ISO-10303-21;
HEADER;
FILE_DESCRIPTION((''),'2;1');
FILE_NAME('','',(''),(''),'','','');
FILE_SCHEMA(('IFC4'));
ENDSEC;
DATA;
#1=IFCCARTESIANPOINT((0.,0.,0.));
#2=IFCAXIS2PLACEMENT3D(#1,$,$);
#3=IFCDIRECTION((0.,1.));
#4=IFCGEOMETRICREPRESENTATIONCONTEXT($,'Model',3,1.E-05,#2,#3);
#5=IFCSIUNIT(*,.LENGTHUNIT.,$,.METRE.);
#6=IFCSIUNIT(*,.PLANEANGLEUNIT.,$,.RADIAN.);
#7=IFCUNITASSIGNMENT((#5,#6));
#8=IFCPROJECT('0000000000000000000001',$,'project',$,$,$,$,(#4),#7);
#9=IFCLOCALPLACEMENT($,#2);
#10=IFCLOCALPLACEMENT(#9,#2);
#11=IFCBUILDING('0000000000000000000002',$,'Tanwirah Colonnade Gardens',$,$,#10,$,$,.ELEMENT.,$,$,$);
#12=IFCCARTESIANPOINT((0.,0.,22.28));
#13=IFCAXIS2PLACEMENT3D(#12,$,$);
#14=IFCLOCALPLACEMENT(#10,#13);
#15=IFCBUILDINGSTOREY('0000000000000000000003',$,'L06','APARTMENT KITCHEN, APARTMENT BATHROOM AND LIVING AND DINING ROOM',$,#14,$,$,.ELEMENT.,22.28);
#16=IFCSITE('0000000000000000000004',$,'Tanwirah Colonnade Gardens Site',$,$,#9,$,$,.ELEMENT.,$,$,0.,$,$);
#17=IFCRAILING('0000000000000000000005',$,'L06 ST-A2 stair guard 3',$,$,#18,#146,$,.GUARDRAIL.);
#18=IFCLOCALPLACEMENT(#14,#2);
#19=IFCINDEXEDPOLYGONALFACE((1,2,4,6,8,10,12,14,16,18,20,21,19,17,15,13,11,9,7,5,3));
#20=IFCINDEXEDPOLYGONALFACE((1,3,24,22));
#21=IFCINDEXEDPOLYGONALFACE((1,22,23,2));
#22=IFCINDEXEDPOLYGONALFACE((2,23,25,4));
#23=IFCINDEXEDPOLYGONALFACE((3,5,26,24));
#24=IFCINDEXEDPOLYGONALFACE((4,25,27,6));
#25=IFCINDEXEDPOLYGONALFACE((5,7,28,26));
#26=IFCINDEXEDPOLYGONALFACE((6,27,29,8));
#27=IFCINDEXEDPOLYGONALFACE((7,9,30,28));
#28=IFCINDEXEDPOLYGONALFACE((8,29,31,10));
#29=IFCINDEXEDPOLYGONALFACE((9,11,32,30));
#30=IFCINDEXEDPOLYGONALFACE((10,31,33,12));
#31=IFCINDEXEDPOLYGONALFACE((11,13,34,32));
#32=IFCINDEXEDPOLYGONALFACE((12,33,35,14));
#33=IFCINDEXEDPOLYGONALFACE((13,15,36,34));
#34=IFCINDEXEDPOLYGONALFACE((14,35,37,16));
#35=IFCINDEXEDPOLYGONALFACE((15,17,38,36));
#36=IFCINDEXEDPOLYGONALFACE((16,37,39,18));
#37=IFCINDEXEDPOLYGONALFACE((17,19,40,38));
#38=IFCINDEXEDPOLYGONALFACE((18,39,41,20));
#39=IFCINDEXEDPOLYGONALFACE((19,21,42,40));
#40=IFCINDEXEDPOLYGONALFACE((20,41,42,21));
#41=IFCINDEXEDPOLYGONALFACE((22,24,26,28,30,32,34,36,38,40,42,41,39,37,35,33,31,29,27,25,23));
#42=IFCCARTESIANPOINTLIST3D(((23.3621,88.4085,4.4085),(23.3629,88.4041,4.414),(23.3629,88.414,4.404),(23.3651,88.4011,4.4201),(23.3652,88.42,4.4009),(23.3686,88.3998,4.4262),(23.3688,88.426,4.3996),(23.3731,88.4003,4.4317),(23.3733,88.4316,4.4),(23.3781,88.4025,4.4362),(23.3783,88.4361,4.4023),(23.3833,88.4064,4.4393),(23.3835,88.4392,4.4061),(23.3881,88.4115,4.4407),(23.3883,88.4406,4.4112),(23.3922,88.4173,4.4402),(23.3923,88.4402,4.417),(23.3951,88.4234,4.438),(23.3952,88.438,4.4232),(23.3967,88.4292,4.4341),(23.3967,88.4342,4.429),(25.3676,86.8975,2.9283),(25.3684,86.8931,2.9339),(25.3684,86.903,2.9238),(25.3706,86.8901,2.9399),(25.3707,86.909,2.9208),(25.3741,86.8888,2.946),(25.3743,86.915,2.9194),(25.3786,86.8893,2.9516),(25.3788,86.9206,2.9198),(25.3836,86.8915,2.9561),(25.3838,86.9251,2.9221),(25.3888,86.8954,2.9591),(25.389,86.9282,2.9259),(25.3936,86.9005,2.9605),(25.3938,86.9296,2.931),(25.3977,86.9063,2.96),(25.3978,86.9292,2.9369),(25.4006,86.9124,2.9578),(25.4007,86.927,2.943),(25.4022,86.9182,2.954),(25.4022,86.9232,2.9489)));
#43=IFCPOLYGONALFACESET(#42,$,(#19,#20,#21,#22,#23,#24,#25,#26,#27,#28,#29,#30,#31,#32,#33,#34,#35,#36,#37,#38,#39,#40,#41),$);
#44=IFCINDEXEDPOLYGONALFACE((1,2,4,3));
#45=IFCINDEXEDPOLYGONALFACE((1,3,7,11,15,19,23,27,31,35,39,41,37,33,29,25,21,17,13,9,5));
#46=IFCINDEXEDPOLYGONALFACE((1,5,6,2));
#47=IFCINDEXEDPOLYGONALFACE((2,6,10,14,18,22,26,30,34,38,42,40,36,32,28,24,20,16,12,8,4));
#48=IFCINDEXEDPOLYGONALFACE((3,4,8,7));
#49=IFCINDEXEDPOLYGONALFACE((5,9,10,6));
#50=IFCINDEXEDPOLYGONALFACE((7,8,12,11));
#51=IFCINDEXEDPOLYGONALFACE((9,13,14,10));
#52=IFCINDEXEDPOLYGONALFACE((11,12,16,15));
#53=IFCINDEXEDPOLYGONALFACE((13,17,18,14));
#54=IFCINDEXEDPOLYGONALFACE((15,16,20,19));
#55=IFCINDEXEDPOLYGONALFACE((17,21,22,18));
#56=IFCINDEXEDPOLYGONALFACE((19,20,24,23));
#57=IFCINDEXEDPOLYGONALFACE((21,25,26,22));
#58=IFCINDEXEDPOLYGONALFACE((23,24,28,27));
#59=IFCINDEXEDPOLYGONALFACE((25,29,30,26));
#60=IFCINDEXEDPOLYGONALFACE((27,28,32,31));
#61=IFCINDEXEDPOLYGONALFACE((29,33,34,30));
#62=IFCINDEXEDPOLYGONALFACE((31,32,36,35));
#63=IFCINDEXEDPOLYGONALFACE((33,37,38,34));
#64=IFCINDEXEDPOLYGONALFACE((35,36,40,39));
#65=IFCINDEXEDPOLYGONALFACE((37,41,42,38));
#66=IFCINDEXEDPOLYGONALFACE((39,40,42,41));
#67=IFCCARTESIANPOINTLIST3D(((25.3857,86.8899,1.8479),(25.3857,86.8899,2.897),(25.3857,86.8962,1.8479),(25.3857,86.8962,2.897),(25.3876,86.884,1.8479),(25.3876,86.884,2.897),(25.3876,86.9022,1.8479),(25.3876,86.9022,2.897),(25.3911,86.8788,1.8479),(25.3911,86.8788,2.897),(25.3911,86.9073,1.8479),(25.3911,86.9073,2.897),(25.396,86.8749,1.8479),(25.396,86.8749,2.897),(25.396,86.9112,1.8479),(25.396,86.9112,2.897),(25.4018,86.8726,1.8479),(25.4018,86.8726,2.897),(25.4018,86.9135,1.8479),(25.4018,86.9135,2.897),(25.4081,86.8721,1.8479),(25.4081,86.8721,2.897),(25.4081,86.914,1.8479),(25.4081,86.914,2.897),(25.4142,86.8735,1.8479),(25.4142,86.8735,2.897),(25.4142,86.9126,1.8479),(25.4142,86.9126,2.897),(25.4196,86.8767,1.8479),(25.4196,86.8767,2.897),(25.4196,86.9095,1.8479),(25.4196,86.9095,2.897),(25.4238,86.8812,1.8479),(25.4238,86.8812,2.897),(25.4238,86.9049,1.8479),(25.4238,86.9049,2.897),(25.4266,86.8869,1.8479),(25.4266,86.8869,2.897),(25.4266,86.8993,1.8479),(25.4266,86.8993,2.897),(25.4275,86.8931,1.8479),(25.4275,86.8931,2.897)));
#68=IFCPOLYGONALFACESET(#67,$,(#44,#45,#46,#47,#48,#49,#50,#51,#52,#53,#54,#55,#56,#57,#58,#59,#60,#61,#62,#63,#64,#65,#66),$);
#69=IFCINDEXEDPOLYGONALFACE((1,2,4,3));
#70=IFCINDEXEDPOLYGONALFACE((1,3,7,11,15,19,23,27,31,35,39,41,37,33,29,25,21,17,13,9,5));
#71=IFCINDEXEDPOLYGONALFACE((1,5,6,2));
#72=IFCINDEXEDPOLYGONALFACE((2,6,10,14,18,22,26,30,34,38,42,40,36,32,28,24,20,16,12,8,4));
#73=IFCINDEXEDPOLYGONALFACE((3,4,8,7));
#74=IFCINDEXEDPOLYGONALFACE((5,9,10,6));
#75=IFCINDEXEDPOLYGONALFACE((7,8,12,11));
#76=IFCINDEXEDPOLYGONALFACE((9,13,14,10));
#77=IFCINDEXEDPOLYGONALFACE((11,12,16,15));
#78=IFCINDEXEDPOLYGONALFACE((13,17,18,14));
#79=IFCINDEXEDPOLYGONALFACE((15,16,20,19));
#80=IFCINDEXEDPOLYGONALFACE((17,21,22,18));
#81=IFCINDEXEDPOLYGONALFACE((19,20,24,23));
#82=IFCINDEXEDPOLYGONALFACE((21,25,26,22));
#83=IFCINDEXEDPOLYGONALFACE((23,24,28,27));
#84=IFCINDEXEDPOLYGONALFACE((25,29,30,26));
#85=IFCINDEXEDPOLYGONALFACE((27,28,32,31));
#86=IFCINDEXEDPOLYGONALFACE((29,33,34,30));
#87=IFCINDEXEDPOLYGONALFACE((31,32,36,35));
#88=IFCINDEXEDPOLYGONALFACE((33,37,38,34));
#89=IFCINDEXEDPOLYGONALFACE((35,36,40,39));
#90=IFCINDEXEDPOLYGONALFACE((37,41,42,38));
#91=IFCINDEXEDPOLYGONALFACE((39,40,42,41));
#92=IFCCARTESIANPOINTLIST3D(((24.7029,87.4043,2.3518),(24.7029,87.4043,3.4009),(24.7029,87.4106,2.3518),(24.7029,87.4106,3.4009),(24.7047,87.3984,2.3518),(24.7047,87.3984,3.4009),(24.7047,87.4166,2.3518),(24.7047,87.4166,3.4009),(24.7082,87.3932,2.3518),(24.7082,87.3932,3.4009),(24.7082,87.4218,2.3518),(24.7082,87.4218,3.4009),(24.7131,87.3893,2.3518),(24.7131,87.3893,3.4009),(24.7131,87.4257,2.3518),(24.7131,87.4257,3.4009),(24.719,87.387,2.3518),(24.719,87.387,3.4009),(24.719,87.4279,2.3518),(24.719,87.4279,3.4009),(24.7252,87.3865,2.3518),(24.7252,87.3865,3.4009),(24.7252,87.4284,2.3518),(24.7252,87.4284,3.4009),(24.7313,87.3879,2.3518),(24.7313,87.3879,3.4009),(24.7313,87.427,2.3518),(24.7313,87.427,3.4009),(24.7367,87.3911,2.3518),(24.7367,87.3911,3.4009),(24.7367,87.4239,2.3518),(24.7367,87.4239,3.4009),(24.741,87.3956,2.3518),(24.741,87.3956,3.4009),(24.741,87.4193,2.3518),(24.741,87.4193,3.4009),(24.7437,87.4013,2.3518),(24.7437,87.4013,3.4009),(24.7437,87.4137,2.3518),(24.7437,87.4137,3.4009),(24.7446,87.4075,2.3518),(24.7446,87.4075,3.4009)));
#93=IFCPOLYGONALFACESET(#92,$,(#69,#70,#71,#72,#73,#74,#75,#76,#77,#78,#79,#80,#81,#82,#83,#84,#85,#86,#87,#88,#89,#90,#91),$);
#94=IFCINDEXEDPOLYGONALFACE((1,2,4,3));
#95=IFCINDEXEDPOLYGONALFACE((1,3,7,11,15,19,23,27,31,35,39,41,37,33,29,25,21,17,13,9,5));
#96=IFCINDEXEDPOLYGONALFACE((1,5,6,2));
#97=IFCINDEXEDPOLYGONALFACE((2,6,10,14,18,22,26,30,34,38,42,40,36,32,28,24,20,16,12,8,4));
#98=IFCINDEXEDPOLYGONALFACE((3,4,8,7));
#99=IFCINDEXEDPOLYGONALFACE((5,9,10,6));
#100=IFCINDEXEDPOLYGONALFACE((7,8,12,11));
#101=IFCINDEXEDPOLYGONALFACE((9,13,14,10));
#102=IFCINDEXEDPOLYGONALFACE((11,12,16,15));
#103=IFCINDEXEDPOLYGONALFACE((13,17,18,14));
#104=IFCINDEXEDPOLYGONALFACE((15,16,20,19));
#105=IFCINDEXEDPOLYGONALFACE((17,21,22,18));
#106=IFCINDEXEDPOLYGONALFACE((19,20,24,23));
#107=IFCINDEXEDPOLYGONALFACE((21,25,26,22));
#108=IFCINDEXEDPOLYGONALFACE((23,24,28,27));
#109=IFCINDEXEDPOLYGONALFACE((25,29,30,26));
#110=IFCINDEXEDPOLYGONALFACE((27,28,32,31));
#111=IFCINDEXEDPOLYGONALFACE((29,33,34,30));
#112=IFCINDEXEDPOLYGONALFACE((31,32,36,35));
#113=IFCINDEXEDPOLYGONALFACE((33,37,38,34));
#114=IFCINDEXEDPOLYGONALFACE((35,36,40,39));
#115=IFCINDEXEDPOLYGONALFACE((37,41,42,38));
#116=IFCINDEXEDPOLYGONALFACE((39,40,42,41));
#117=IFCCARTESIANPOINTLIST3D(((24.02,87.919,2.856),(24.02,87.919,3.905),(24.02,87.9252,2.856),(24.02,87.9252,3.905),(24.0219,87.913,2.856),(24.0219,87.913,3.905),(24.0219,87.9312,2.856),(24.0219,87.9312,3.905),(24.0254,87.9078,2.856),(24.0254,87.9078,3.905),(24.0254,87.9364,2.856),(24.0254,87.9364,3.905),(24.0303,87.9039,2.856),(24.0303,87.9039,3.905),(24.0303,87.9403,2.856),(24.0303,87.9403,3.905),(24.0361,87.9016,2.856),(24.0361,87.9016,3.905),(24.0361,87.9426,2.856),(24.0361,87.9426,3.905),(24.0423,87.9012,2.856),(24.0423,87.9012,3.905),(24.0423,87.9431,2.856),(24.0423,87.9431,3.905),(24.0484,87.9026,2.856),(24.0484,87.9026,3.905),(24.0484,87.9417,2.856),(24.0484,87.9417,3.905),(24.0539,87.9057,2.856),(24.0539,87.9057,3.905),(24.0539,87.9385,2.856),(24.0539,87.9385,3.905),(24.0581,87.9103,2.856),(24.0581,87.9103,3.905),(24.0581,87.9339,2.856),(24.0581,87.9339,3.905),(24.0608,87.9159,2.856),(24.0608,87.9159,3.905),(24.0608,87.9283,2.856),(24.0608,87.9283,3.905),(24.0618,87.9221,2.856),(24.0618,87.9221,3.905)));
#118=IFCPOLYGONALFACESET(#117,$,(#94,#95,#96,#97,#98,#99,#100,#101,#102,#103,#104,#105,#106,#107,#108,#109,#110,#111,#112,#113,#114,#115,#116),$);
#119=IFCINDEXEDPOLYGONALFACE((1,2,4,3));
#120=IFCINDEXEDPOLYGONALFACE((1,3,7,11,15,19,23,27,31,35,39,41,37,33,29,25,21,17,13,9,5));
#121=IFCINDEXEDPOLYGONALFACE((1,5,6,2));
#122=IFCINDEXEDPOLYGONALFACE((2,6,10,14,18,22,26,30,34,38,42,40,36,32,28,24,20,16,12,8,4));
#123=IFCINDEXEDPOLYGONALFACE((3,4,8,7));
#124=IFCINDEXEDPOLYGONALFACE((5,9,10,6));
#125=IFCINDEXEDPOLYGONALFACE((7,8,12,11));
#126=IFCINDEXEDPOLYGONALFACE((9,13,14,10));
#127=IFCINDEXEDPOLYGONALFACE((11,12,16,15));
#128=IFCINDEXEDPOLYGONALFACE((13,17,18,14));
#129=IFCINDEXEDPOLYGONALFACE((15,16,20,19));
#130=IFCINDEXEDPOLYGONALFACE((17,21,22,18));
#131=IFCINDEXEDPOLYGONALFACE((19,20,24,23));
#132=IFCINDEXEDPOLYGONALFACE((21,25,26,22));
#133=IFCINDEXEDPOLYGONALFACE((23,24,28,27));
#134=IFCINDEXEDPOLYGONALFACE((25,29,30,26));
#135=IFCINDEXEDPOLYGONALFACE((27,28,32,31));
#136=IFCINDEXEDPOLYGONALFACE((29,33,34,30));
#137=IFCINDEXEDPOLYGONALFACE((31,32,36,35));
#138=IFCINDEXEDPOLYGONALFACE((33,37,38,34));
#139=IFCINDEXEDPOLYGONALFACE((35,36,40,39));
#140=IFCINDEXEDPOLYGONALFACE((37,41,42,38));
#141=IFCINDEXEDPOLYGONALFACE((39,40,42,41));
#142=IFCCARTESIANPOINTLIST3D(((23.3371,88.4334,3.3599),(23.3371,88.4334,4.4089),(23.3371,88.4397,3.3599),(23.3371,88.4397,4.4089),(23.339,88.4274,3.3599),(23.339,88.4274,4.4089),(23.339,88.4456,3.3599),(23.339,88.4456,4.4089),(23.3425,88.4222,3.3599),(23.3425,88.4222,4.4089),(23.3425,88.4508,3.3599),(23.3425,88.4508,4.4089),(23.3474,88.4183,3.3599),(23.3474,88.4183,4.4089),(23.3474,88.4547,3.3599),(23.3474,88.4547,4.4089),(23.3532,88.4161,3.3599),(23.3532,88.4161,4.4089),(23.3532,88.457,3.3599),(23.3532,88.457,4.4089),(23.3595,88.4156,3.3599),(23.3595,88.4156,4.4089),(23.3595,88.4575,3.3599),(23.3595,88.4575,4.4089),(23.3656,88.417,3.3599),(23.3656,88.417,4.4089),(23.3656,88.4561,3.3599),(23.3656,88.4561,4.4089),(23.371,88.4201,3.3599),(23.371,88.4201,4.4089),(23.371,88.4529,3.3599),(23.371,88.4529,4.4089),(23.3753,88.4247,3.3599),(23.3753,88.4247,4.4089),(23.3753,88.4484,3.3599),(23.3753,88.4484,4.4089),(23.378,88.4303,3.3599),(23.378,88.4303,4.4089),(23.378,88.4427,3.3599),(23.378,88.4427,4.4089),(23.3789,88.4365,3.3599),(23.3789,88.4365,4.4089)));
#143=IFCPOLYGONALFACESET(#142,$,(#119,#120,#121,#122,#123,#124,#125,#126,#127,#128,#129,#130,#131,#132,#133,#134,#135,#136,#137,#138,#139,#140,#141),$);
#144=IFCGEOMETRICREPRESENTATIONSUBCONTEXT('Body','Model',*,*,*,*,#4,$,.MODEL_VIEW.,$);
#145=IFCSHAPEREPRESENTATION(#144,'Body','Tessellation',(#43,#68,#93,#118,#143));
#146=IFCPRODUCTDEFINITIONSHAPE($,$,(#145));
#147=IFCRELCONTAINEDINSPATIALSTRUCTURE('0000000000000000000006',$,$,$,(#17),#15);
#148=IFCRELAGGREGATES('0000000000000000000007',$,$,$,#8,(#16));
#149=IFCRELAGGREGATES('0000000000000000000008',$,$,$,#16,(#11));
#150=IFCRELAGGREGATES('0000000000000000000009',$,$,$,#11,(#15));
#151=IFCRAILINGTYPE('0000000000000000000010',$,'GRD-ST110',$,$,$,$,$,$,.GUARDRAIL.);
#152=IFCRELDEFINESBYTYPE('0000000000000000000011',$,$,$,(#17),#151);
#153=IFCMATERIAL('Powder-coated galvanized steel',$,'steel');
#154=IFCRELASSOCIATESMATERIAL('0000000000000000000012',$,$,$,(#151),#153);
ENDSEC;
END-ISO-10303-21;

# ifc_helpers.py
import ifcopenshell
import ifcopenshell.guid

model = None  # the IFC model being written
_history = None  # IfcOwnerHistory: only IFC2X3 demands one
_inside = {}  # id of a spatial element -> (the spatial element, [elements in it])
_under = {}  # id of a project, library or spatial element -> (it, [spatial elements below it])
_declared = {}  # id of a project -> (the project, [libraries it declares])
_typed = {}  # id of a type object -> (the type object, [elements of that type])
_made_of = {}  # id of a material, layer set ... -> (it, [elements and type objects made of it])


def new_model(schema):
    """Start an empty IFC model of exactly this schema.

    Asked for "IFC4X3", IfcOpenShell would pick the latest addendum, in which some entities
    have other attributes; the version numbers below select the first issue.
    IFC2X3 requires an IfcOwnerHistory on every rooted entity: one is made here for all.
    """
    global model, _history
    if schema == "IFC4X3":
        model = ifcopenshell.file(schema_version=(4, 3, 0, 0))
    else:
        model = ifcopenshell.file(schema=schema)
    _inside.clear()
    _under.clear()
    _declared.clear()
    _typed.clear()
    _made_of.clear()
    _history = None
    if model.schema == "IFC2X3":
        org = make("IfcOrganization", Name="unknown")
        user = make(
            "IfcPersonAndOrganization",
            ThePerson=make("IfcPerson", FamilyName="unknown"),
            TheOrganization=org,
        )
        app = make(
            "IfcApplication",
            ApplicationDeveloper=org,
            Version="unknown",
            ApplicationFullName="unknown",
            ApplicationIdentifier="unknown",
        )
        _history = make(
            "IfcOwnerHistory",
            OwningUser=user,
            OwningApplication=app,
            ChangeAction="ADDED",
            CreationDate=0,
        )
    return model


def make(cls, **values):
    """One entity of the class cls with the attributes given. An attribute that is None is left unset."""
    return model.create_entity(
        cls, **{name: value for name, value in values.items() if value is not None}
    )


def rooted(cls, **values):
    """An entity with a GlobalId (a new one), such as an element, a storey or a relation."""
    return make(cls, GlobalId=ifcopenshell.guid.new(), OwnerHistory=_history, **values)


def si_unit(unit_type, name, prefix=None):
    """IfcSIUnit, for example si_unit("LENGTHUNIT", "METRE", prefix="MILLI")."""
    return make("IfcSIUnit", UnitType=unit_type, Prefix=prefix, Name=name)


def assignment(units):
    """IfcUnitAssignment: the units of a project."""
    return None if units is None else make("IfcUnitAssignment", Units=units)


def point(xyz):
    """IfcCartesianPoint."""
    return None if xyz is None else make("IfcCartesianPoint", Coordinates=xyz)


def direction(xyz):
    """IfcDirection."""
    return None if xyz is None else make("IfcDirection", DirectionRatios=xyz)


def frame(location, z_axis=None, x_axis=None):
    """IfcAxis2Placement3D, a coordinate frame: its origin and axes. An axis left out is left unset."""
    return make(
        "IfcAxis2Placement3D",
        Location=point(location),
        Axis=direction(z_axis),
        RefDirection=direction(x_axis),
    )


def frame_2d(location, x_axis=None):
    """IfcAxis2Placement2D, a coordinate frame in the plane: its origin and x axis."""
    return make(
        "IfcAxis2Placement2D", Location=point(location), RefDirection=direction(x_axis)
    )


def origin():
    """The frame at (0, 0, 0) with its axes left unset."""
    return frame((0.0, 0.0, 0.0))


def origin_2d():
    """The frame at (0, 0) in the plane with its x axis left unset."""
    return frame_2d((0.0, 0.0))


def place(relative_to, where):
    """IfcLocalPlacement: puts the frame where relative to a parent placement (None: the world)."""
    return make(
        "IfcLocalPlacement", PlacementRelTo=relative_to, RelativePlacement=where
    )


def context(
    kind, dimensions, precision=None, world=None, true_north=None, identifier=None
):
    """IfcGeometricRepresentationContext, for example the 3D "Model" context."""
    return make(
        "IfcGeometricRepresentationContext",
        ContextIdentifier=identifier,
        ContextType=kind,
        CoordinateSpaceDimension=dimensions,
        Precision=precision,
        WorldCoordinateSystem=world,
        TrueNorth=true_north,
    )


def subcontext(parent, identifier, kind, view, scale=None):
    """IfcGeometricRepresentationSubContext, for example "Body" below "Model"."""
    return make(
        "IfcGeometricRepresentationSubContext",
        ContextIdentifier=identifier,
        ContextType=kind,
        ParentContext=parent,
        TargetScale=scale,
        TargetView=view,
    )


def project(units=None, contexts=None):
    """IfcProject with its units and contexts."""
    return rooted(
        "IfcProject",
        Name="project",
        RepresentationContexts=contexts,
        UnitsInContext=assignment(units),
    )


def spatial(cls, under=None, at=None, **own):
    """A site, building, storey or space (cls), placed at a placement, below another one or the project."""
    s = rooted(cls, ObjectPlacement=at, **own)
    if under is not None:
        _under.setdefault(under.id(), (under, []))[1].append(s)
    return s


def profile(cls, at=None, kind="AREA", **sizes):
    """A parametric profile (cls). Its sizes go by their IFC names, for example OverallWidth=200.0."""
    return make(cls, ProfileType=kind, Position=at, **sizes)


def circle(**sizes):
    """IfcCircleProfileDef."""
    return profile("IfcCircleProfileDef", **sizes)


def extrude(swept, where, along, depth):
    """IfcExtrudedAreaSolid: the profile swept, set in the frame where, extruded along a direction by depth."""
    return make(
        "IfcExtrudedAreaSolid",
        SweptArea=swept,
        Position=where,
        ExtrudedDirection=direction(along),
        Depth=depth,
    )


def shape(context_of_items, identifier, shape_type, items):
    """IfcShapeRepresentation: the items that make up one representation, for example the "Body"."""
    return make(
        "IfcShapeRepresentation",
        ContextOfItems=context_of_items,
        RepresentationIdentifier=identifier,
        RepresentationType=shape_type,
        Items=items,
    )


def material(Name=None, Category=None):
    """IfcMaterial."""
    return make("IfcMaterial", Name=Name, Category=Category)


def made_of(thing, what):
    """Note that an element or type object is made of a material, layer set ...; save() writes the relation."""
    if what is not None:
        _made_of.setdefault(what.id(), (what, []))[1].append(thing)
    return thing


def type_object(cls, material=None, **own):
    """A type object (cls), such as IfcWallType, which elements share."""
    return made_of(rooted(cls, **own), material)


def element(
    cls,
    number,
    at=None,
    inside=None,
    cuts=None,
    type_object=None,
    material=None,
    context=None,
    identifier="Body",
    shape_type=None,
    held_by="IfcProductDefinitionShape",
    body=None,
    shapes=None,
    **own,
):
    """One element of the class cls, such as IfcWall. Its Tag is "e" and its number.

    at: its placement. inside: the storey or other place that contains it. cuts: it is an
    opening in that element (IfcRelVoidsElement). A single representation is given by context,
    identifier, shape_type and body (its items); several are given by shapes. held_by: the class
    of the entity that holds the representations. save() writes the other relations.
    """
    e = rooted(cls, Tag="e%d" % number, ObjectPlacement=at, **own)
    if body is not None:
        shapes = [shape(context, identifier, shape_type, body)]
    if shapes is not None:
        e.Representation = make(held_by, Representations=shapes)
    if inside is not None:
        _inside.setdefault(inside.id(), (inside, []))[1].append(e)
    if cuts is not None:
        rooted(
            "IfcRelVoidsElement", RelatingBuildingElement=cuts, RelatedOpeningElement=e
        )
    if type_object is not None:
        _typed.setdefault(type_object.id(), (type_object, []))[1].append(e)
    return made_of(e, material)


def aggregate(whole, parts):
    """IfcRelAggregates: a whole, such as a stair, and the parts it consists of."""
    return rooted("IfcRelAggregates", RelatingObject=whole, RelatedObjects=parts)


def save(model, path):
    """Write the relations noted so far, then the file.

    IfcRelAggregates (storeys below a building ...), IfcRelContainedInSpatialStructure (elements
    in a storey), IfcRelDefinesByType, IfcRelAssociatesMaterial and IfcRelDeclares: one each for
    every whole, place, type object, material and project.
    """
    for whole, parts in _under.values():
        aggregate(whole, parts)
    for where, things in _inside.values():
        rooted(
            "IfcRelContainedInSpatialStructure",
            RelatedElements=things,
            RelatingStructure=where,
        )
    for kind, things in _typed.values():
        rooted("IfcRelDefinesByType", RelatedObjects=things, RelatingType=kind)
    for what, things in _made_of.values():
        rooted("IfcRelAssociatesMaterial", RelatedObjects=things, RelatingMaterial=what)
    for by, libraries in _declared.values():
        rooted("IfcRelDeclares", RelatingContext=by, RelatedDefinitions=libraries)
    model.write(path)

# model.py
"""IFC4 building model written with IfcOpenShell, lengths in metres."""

from ifc_helpers import new_model, si_unit, direction, frame, origin, origin_2d, place, context, subcontext, project, spatial, circle, extrude, material, type_object, element, save


model = new_model("IFC4")

# Units and contexts
model_context = context("Model", 3, precision=1e-05, world=origin(), true_north=direction((0.0, 1.0)))
body_context = subcontext(model_context, "Body", "Model", "MODEL_VIEW")
ifc_project = project(units=[si_unit("LENGTHUNIT", "METRE"), si_unit("PLANEANGLEUNIT", "RADIAN")], contexts=[model_context])

# Site, building, storey
site_placement = place(None, origin())
site = spatial("IfcSite", under=ifc_project, at=site_placement, Name="Tanwirah Colonnade Gardens Site", CompositionType="ELEMENT", RefElevation=0.0)
building_placement = place(site_placement, origin())
building = spatial("IfcBuilding", under=site, at=building_placement, Name="Tanwirah Colonnade Gardens", CompositionType="ELEMENT")
storey_placement = place(building_placement, frame((0.0, 0.0, 22.28)))
storey = spatial("IfcBuildingStorey", under=building, at=storey_placement, Name="L06", Description="APARTMENT KITCHEN, APARTMENT BATHROOM AND LIVING AND DINING ROOM", CompositionType="ELEMENT", Elevation=22.28)

# Railing
ifc_material_1 = material(Name="Powder-coated galvanized steel", Category="steel")
railing_type_1 = type_object("IfcRailingType", Name="GRD-ST110", PredefinedType="GUARDRAIL", material=ifc_material_1)
railing_1_placement = place(storey_placement, frame((25.4065, 86.8931, 1.8479)))
element("IfcRailing", 1, at=railing_1_placement, inside=storey, type_object=railing_type_1, Name="L06 ST-A2 stair guard 3", PredefinedType="GUARDRAIL", context=body_context, shape_type="SweptSolid", body=[
    extrude(circle(Radius=0.0239, at=origin_2d()), frame((-0.0215, 0.0161, 1.092), z_axis=(-0.688042, 0.518389, 0.507811), x_axis=(-0.60175, -0.798685, 0.0)), (0.0, 0.0, 1.0), 2.9148),
    extrude(circle(Radius=0.021, at=origin_2d()), origin(), (0.0, 0.0, 1.0), 1.0491),
    extrude(circle(Radius=0.021, at=origin_2d()), frame((-0.6829, 0.5144, 0.5039)), (0.0, 0.0, 1.0), 1.0491),
    extrude(circle(Radius=0.021, at=origin_2d()), frame((-1.3657, 1.0291, 1.0081)), (0.0, 0.0, 1.0), 1.0491),
    extrude(circle(Radius=0.021, at=origin_2d()), frame((-2.0486, 1.5435, 1.512)), (0.0, 0.0, 1.0), 1.0491),
])

save(model, "model.ifc")
